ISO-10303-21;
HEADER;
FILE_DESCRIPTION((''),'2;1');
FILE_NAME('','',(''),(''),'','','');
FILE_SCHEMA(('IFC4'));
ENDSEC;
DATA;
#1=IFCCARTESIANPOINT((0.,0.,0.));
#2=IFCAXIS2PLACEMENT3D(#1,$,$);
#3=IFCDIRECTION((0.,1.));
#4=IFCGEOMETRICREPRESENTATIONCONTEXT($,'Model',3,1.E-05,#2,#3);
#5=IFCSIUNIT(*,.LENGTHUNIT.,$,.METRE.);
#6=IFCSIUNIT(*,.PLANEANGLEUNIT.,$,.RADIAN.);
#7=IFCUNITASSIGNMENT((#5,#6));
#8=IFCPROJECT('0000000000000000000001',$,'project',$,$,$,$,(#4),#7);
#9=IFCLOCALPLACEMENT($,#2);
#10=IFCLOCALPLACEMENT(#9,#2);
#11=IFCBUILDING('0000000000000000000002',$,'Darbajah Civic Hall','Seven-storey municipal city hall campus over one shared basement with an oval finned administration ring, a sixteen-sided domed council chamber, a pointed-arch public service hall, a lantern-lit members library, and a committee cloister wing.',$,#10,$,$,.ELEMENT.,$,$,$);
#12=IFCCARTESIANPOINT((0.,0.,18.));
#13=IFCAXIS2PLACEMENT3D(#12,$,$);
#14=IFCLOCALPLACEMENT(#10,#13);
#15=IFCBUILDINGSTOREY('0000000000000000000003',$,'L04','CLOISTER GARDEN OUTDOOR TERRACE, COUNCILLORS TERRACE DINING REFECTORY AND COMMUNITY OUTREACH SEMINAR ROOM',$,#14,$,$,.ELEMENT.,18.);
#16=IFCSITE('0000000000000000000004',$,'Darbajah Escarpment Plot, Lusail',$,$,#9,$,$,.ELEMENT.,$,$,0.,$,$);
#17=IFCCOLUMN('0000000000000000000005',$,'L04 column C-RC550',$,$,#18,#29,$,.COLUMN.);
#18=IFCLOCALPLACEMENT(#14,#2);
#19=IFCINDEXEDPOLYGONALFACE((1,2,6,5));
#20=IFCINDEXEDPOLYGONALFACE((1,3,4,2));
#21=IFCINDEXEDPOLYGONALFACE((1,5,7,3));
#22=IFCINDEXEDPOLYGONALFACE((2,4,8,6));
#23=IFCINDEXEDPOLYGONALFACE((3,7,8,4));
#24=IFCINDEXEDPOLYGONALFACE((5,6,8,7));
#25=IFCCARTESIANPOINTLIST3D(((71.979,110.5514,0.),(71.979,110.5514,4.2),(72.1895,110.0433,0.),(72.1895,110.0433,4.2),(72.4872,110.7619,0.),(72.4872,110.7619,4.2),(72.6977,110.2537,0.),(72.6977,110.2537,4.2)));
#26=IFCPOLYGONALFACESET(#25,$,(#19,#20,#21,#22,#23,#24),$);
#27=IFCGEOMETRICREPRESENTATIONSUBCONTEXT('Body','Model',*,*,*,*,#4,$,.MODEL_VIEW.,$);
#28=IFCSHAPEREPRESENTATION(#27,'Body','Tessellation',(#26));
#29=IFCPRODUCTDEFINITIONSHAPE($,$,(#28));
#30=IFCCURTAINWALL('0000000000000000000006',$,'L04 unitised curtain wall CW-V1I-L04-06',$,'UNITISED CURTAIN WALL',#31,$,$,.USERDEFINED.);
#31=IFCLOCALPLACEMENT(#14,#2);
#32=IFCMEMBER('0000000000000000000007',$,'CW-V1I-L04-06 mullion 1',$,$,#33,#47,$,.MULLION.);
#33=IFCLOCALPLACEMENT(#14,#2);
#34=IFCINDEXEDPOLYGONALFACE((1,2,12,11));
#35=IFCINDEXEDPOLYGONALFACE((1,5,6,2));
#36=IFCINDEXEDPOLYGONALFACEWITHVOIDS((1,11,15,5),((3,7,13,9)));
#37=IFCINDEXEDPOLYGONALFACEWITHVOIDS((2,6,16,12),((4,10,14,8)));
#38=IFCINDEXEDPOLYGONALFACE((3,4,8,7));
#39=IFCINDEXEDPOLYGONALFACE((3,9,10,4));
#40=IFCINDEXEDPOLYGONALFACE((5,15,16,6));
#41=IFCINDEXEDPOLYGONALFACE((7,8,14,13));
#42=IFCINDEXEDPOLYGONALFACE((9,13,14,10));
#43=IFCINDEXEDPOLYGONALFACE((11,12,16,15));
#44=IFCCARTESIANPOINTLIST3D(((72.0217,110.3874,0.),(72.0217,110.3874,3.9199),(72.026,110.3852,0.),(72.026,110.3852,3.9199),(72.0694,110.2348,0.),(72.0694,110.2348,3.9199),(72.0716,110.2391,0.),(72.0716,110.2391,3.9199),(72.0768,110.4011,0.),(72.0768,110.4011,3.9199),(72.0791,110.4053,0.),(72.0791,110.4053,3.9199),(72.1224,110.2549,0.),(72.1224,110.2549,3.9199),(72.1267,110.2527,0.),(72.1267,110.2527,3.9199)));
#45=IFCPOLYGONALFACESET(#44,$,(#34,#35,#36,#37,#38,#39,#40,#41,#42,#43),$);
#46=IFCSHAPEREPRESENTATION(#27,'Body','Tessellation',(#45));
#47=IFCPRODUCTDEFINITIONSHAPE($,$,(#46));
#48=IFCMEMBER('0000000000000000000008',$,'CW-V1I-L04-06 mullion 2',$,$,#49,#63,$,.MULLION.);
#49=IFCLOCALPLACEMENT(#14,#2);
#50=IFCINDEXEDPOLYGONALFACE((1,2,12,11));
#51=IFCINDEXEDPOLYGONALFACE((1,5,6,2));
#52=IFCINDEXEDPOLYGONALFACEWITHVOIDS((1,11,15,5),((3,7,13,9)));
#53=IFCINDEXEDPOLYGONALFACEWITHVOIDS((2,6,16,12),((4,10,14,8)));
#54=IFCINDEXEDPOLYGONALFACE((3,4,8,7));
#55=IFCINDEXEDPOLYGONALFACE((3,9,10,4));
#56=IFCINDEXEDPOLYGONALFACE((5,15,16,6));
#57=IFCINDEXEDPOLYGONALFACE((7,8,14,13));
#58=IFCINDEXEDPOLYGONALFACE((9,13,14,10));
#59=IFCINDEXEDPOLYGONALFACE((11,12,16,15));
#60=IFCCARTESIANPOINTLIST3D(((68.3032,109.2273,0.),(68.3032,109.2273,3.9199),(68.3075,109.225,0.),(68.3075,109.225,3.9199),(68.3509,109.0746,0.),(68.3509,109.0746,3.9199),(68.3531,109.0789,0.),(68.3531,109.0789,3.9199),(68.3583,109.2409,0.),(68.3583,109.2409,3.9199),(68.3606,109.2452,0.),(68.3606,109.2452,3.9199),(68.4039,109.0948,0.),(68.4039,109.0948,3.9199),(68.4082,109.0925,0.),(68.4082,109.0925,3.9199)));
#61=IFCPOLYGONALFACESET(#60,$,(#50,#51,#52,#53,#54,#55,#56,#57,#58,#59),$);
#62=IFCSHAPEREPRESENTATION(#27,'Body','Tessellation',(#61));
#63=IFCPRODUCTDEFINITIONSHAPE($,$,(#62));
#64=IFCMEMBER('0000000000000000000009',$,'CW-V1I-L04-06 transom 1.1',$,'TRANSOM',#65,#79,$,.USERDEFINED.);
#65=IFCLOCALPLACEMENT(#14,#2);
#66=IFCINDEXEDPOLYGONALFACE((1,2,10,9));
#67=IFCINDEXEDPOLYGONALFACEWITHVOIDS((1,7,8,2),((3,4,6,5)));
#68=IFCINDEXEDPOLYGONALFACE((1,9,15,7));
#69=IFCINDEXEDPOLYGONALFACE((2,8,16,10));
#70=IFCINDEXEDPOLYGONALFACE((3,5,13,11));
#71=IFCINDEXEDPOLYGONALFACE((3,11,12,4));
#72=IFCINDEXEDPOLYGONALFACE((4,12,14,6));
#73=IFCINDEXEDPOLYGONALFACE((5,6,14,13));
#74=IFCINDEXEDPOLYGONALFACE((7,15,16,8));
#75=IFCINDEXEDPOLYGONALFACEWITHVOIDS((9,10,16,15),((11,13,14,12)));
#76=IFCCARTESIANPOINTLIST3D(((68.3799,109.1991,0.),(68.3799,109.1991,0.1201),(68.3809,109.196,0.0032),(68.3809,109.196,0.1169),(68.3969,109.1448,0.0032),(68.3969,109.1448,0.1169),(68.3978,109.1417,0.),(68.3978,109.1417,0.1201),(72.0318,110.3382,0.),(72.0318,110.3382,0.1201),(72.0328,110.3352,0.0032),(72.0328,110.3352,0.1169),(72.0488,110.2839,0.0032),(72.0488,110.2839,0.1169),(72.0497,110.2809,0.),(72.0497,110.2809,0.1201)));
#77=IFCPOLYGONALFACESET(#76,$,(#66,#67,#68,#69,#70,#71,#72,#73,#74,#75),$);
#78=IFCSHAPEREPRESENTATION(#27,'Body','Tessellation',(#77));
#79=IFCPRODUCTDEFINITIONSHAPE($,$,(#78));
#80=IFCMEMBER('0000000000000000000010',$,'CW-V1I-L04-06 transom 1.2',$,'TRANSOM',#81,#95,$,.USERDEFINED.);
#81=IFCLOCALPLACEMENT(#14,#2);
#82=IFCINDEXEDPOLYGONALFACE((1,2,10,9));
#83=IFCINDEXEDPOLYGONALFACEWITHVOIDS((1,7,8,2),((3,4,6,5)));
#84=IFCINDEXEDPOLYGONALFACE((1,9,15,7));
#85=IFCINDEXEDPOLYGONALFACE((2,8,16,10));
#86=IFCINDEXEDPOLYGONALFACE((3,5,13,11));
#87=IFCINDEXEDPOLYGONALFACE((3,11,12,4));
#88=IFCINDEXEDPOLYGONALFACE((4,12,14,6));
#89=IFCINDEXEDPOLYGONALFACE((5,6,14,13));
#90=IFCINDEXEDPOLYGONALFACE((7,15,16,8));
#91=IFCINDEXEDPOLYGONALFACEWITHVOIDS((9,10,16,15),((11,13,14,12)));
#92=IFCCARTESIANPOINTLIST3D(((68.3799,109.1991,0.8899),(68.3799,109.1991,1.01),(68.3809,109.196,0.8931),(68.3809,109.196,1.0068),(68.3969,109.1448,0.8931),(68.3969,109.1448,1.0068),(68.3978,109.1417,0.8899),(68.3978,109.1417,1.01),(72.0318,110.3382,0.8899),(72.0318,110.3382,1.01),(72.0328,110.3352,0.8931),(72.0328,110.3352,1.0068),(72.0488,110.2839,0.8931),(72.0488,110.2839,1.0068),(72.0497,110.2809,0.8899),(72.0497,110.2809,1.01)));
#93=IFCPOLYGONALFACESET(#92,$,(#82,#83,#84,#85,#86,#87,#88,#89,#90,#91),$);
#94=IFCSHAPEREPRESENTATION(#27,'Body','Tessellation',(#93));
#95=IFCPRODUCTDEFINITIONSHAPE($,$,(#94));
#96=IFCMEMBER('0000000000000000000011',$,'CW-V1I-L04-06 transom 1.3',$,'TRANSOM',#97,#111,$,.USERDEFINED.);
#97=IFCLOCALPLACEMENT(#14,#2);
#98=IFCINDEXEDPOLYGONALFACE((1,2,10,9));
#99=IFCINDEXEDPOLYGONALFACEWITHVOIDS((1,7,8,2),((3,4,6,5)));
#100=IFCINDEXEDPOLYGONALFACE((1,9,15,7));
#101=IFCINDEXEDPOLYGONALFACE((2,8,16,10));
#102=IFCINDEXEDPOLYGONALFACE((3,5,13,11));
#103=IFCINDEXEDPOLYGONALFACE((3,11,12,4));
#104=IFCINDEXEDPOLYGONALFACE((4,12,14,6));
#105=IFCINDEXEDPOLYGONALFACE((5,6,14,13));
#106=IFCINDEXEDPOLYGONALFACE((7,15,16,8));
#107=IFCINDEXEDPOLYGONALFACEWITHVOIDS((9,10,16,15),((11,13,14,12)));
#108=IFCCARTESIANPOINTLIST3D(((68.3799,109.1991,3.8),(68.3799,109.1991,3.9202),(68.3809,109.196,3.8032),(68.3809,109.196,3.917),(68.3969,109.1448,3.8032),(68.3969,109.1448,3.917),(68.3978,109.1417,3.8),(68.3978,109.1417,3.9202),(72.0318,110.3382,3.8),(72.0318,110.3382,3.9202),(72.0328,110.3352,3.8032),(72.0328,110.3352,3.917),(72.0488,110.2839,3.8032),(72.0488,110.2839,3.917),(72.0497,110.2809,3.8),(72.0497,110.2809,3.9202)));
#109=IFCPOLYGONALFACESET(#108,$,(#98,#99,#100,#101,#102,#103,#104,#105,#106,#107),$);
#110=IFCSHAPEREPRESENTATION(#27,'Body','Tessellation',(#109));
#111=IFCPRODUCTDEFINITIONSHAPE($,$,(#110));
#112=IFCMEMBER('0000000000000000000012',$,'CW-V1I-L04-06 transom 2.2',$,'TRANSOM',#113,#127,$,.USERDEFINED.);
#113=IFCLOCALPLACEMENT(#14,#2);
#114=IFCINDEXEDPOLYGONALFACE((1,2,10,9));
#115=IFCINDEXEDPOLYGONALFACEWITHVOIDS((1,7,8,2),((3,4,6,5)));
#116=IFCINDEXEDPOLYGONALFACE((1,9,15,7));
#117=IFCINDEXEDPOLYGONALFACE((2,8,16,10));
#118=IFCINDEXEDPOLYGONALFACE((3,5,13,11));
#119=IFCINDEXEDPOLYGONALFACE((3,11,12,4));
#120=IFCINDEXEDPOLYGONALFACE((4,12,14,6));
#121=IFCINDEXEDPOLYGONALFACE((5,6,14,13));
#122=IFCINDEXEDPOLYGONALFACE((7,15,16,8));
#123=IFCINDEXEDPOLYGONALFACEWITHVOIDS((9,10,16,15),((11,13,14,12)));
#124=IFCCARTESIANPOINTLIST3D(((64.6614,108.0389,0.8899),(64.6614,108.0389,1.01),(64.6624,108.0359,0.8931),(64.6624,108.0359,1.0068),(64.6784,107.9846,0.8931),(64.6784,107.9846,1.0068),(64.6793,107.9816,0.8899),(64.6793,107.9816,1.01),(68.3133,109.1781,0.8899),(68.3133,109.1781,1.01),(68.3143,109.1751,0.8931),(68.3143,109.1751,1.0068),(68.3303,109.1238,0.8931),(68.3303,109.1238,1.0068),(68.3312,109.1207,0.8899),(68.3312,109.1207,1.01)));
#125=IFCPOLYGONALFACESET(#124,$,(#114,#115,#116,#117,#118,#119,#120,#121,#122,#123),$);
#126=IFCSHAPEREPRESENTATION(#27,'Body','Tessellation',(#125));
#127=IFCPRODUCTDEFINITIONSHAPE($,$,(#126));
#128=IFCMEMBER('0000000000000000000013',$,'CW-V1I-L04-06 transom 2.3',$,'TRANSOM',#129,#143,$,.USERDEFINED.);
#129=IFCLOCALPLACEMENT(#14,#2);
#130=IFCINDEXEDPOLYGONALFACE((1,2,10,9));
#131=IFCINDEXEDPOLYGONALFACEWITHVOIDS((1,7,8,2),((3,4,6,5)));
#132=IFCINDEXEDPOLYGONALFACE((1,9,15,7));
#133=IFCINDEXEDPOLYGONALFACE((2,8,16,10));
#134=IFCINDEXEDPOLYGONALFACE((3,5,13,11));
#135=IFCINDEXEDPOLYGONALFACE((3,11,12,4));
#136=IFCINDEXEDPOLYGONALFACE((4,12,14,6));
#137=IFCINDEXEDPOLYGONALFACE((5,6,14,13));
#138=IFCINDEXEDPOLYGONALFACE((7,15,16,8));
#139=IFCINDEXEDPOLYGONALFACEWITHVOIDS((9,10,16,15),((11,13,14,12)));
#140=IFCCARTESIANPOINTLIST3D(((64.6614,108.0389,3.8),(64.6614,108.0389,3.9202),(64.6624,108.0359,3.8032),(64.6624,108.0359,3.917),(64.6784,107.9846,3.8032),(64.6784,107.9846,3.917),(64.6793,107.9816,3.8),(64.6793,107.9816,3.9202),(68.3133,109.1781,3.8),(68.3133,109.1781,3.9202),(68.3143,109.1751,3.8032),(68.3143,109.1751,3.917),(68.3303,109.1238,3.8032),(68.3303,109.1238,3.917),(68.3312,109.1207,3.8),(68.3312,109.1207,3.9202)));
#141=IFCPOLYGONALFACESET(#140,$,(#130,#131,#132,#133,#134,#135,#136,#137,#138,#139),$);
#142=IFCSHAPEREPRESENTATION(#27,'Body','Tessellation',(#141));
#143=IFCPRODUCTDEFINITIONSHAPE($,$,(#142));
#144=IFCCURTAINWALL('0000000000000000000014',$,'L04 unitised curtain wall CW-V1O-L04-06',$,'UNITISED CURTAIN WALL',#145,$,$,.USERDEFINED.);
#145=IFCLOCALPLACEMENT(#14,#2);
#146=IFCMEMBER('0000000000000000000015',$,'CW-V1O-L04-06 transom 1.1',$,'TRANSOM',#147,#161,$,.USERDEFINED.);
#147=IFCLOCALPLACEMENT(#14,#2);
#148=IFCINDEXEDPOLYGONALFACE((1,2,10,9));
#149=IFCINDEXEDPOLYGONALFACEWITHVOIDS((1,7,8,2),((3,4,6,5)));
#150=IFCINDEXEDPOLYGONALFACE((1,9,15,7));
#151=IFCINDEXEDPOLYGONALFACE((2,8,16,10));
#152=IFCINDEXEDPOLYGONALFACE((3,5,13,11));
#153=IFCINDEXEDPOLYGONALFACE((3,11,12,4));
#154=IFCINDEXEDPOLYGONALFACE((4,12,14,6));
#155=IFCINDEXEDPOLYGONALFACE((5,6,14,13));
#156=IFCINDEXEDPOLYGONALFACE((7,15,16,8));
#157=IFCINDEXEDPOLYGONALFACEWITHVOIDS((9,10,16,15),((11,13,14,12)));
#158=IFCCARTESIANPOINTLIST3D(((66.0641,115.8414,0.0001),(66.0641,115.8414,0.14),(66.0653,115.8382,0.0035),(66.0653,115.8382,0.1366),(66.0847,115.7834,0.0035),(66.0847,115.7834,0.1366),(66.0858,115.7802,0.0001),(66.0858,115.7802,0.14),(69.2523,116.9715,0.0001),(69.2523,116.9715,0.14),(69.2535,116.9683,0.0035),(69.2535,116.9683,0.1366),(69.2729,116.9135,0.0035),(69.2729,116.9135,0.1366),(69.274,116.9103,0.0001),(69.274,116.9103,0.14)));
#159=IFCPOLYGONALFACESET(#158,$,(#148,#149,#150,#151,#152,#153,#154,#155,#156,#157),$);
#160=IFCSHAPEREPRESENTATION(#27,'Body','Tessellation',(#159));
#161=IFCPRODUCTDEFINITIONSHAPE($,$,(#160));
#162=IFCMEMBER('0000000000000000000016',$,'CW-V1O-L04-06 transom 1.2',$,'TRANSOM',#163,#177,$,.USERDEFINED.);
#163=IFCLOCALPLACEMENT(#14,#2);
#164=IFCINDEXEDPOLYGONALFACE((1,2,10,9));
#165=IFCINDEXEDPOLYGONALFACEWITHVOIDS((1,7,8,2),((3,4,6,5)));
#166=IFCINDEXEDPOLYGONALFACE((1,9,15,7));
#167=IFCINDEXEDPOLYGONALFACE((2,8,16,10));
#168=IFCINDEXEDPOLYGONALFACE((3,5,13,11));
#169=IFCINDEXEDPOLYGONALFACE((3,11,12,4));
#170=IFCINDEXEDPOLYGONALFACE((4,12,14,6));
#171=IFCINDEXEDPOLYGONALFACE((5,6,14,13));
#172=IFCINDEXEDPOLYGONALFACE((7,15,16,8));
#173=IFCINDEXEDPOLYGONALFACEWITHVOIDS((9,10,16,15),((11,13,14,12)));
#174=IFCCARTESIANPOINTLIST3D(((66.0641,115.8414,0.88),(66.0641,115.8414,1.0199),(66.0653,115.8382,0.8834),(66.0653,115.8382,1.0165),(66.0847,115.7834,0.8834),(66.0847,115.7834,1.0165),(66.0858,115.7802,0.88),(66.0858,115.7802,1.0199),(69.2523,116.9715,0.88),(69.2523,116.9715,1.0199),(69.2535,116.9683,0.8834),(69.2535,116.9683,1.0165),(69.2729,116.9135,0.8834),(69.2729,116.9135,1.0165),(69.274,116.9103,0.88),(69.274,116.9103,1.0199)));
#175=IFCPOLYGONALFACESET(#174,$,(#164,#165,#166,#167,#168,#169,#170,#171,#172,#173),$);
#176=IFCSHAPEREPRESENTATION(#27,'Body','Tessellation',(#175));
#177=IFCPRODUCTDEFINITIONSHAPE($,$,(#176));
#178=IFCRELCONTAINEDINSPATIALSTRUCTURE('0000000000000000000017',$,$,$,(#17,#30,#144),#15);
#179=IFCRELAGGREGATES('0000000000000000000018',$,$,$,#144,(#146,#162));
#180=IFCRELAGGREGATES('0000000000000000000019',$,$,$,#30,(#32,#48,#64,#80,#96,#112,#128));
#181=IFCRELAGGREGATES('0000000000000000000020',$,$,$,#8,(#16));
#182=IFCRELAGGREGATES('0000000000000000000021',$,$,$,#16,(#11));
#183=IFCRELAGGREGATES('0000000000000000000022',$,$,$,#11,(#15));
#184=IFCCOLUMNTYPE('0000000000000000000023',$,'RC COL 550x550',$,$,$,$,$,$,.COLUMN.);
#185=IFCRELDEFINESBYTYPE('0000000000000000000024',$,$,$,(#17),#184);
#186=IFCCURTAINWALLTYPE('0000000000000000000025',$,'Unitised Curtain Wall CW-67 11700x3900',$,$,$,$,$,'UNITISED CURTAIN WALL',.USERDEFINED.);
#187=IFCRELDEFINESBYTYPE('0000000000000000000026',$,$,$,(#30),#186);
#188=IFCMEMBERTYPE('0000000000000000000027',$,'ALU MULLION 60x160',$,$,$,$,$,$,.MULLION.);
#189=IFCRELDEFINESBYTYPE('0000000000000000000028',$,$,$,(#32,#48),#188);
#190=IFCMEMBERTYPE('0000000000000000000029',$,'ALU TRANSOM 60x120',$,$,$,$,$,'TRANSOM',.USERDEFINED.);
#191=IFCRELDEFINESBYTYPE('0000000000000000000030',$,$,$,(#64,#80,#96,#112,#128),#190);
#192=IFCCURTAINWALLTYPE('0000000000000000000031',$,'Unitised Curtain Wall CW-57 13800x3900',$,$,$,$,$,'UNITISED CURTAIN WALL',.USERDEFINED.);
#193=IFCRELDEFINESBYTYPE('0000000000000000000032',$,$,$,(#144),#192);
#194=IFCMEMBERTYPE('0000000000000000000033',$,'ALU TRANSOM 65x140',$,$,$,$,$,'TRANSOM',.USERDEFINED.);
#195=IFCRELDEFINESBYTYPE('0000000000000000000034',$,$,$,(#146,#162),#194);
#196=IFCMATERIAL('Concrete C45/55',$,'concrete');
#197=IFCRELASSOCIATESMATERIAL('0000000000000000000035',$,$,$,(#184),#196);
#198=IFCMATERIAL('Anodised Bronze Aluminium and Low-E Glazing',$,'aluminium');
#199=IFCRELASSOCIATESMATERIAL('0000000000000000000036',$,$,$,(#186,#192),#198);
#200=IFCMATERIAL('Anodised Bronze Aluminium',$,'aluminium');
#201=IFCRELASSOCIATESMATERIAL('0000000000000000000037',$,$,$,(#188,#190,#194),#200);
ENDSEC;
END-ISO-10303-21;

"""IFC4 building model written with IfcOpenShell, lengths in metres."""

from ifc_helpers import new_model, si_unit, direction, frame, origin, origin_2d, place, context, subcontext, project, spatial, rectangle, hollow_rectangle, extrude, material, material_profile, profile_set, type_object, element, aggregate, save


model = new_model("IFC4")

# Units and contexts
model_context = context("Model", 3, precision=1e-05, world=origin(), true_north=direction((0.0, 1.0)))
body_context = subcontext(model_context, "Body", "Model", "MODEL_VIEW")
ifc_project = project(units=[si_unit("LENGTHUNIT", "METRE"), si_unit("PLANEANGLEUNIT", "RADIAN")], contexts=[model_context])

# Site, building, storey
site_placement = place(None, origin())
site = spatial("IfcSite", under=ifc_project, at=site_placement, Name="Darbajah Escarpment Plot, Lusail", CompositionType="ELEMENT", RefElevation=0.0)
building_placement = place(site_placement, origin())
building = spatial("IfcBuilding", under=site, at=building_placement, Name="Darbajah Civic Hall", Description="Seven-storey municipal city hall campus over one shared basement with an oval finned administration ring, a sixteen-sided domed council chamber, a pointed-arch public service hall, a lantern-lit members library, and a committee cloister wing.", CompositionType="ELEMENT")
storey_placement = place(building_placement, frame((0.0, 0.0, 18.0)))
storey = spatial("IfcBuildingStorey", under=building, at=storey_placement, Name="L04", Description="CLOISTER GARDEN OUTDOOR TERRACE, COUNCILLORS TERRACE DINING REFECTORY AND COMMUNITY OUTREACH SEMINAR ROOM", CompositionType="ELEMENT", Elevation=18.0)

# Column
ifc_material_1 = material(Name="Concrete C45/55", Category="concrete")
ifc_material_profile_1 = material_profile(ifc_material_1, rectangle(XDim=0.55, YDim=0.55, at=origin_2d()), Name="RC COL 550x550")
ifc_profile_set_1 = profile_set([ifc_material_profile_1], Name="Concrete C45/55")
column_type = type_object("IfcColumnType", Name="RC COL 550x550", PredefinedType="COLUMN", material=ifc_profile_set_1)
column_placement = place(storey_placement, frame((72.3384, 110.4026, 0.0), z_axis=(0.0, 0.0, 1.0), x_axis=(-0.382683, 0.92388, 0.0)))
element("IfcColumn", 1, at=column_placement, inside=storey, type_object=column_type, Name="L04 column C-RC550", PredefinedType="COLUMN", context=body_context, shape_type="SweptSolid", body=[
    extrude(rectangle(XDim=0.55, YDim=0.55, at=origin_2d()), origin(), (0.0, 0.0, 1.0), 4.2),
])

# Curtain walls, members
ifc_material_2 = material(Name="Anodised Bronze Aluminium and Low-E Glazing", Category="aluminium")
curtain_wall_type_1 = type_object("IfcCurtainWallType", Name="Unitised Curtain Wall CW-67 11700x3900", ElementType="UNITISED CURTAIN WALL", PredefinedType="USERDEFINED", material=ifc_material_2)
curtain_wall_1_placement = place(storey_placement, origin())
curtain_wall_1 = element("IfcCurtainWall", 2, at=curtain_wall_1_placement, inside=storey, type_object=curtain_wall_type_1, Name="L04 unitised curtain wall CW-V1I-L04-06", ObjectType="UNITISED CURTAIN WALL", PredefinedType="USERDEFINED")
ifc_material_3 = material(Name="Anodised Bronze Aluminium", Category="aluminium")
ifc_material_profile_2 = material_profile(ifc_material_3, hollow_rectangle(XDim=0.0601, YDim=0.1599, WallThickness=0.0034, at=origin_2d()), Name="ALU MULLION 60x160")
ifc_profile_set_2 = profile_set([ifc_material_profile_2], Name="Anodised Bronze Aluminium")
member_type_1 = type_object("IfcMemberType", Name="ALU MULLION 60x160", PredefinedType="MULLION", material=ifc_profile_set_2)
member_1_placement = place(storey_placement, frame((72.0742, 110.3201, 0.0), z_axis=(0.0, 0.0, 1.0), x_axis=(-0.954605, -0.297875, 0.0)))
member_1 = element("IfcMember", 3, at=member_1_placement, type_object=member_type_1, Name="CW-V1I-L04-06 mullion 1", PredefinedType="MULLION", context=body_context, shape_type="SweptSolid", body=[
    extrude(hollow_rectangle(XDim=0.0601, YDim=0.1599, WallThickness=0.0034, at=origin_2d()), origin(), (0.0, 0.0, 1.0), 3.9199),
])
member_2_placement = place(storey_placement, frame((68.3557, 109.1599, 0.0), z_axis=(0.0, 0.0, 1.0), x_axis=(-0.954605, -0.297875, 0.0)))
member_2 = element("IfcMember", 4, at=member_2_placement, type_object=member_type_1, Name="CW-V1I-L04-06 mullion 2", PredefinedType="MULLION", context=body_context, shape_type="SweptSolid", body=[
    extrude(hollow_rectangle(XDim=0.0601, YDim=0.1599, WallThickness=0.0034, at=origin_2d()), origin(), (0.0, 0.0, 1.0), 3.9199),
])
ifc_material_profile_3 = material_profile(ifc_material_3, hollow_rectangle(XDim=0.0601, YDim=0.1201, WallThickness=0.0032, at=origin_2d()), Name="ALU TRANSOM 60x120")
ifc_profile_set_3 = profile_set([ifc_material_profile_3], Name="Anodised Bronze Aluminium")
member_type_2 = type_object("IfcMemberType", Name="ALU TRANSOM 60x120", ElementType="TRANSOM", PredefinedType="USERDEFINED", material=ifc_profile_set_3)
member_3_placement = place(storey_placement, frame((72.0408, 110.3096, 0.0601), z_axis=(-0.954632, -0.297788, 0.0), x_axis=(0.297788, -0.954632, 0.0)))
member_3 = element("IfcMember", 5, at=member_3_placement, type_object=member_type_2, Name="CW-V1I-L04-06 transom 1.1", ObjectType="TRANSOM", PredefinedType="USERDEFINED", context=body_context, shape_type="SweptSolid", body=[
    extrude(hollow_rectangle(XDim=0.0601, YDim=0.1201, WallThickness=0.0032, at=origin_2d()), origin(), (0.0, 0.0, 1.0), 3.8254),
])
member_4_placement = place(storey_placement, frame((72.0408, 110.3096, 0.95), z_axis=(-0.954632, -0.297788, 0.0), x_axis=(0.297788, -0.954632, 0.0)))
member_4 = element("IfcMember", 6, at=member_4_placement, type_object=member_type_2, Name="CW-V1I-L04-06 transom 1.2", ObjectType="TRANSOM", PredefinedType="USERDEFINED", context=body_context, shape_type="SweptSolid", body=[
    extrude(hollow_rectangle(XDim=0.0601, YDim=0.1201, WallThickness=0.0032, at=origin_2d()), origin(), (0.0, 0.0, 1.0), 3.8254),
])
member_5_placement = place(storey_placement, frame((72.0408, 110.3096, 3.8601), z_axis=(-0.954632, -0.297788, 0.0), x_axis=(0.297788, -0.954632, 0.0)))
member_5 = element("IfcMember", 7, at=member_5_placement, type_object=member_type_2, Name="CW-V1I-L04-06 transom 1.3", ObjectType="TRANSOM", PredefinedType="USERDEFINED", context=body_context, shape_type="SweptSolid", body=[
    extrude(hollow_rectangle(XDim=0.0601, YDim=0.1201, WallThickness=0.0032, at=origin_2d()), origin(), (0.0, 0.0, 1.0), 3.8254),
])
member_6_placement = place(storey_placement, frame((68.3223, 109.1494, 0.95), z_axis=(-0.954632, -0.297788, 0.0), x_axis=(0.297788, -0.954632, 0.0)))
member_6 = element("IfcMember", 8, at=member_6_placement, type_object=member_type_2, Name="CW-V1I-L04-06 transom 2.2", ObjectType="TRANSOM", PredefinedType="USERDEFINED", context=body_context, shape_type="SweptSolid", body=[
    extrude(hollow_rectangle(XDim=0.0601, YDim=0.1201, WallThickness=0.0032, at=origin_2d()), origin(), (0.0, 0.0, 1.0), 3.8254),
])
member_7_placement = place(storey_placement, frame((68.3223, 109.1494, 3.8601), z_axis=(-0.954632, -0.297788, 0.0), x_axis=(0.297788, -0.954632, 0.0)))
member_7 = element("IfcMember", 9, at=member_7_placement, type_object=member_type_2, Name="CW-V1I-L04-06 transom 2.3", ObjectType="TRANSOM", PredefinedType="USERDEFINED", context=body_context, shape_type="SweptSolid", body=[
    extrude(hollow_rectangle(XDim=0.0601, YDim=0.1201, WallThickness=0.0032, at=origin_2d()), origin(), (0.0, 0.0, 1.0), 3.8254),
])
curtain_wall_type_2 = type_object("IfcCurtainWallType", Name="Unitised Curtain Wall CW-57 13800x3900", ElementType="UNITISED CURTAIN WALL", PredefinedType="USERDEFINED", material=ifc_material_2)
curtain_wall_2_placement = place(storey_placement, origin())
curtain_wall_2 = element("IfcCurtainWall", 10, at=curtain_wall_2_placement, inside=storey, type_object=curtain_wall_type_2, Name="L04 unitised curtain wall CW-V1O-L04-06", ObjectType="UNITISED CURTAIN WALL", PredefinedType="USERDEFINED")
ifc_material_profile_4 = material_profile(ifc_material_3, hollow_rectangle(XDim=0.0649, YDim=0.1399, WallThickness=0.0034, at=origin_2d()), Name="ALU TRANSOM 65x140")
ifc_profile_set_4 = profile_set([ifc_material_profile_4], Name="Anodised Bronze Aluminium")
member_type_3 = type_object("IfcMemberType", Name="ALU TRANSOM 65x140", ElementType="TRANSOM", PredefinedType="USERDEFINED", material=ifc_profile_set_4)
member_8_placement = place(storey_placement, frame((69.2632, 116.9409, 0.0701), z_axis=(-0.942538, -0.3341, 0.0), x_axis=(0.3341, -0.942538, 0.0)))
member_8 = element("IfcMember", 11, at=member_8_placement, type_object=member_type_3, Name="CW-V1O-L04-06 transom 1.1", ObjectType="TRANSOM", PredefinedType="USERDEFINED", context=body_context, shape_type="SweptSolid", body=[
    extrude(hollow_rectangle(XDim=0.0649, YDim=0.1399, WallThickness=0.0034, at=origin_2d()), origin(), (0.0, 0.0, 1.0), 3.3826),
])
member_9_placement = place(storey_placement, frame((69.2632, 116.9409, 0.95), z_axis=(-0.942538, -0.3341, 0.0), x_axis=(0.3341, -0.942538, 0.0)))
member_9 = element("IfcMember", 12, at=member_9_placement, type_object=member_type_3, Name="CW-V1O-L04-06 transom 1.2", ObjectType="TRANSOM", PredefinedType="USERDEFINED", context=body_context, shape_type="SweptSolid", body=[
    extrude(hollow_rectangle(XDim=0.0649, YDim=0.1399, WallThickness=0.0034, at=origin_2d()), origin(), (0.0, 0.0, 1.0), 3.3826),
])
aggregate(curtain_wall_2, [member_8, member_9])

aggregate(curtain_wall_1, [member_1, member_2, member_3, member_4, member_5, member_6, member_7])

save(model, "model.ifc")
